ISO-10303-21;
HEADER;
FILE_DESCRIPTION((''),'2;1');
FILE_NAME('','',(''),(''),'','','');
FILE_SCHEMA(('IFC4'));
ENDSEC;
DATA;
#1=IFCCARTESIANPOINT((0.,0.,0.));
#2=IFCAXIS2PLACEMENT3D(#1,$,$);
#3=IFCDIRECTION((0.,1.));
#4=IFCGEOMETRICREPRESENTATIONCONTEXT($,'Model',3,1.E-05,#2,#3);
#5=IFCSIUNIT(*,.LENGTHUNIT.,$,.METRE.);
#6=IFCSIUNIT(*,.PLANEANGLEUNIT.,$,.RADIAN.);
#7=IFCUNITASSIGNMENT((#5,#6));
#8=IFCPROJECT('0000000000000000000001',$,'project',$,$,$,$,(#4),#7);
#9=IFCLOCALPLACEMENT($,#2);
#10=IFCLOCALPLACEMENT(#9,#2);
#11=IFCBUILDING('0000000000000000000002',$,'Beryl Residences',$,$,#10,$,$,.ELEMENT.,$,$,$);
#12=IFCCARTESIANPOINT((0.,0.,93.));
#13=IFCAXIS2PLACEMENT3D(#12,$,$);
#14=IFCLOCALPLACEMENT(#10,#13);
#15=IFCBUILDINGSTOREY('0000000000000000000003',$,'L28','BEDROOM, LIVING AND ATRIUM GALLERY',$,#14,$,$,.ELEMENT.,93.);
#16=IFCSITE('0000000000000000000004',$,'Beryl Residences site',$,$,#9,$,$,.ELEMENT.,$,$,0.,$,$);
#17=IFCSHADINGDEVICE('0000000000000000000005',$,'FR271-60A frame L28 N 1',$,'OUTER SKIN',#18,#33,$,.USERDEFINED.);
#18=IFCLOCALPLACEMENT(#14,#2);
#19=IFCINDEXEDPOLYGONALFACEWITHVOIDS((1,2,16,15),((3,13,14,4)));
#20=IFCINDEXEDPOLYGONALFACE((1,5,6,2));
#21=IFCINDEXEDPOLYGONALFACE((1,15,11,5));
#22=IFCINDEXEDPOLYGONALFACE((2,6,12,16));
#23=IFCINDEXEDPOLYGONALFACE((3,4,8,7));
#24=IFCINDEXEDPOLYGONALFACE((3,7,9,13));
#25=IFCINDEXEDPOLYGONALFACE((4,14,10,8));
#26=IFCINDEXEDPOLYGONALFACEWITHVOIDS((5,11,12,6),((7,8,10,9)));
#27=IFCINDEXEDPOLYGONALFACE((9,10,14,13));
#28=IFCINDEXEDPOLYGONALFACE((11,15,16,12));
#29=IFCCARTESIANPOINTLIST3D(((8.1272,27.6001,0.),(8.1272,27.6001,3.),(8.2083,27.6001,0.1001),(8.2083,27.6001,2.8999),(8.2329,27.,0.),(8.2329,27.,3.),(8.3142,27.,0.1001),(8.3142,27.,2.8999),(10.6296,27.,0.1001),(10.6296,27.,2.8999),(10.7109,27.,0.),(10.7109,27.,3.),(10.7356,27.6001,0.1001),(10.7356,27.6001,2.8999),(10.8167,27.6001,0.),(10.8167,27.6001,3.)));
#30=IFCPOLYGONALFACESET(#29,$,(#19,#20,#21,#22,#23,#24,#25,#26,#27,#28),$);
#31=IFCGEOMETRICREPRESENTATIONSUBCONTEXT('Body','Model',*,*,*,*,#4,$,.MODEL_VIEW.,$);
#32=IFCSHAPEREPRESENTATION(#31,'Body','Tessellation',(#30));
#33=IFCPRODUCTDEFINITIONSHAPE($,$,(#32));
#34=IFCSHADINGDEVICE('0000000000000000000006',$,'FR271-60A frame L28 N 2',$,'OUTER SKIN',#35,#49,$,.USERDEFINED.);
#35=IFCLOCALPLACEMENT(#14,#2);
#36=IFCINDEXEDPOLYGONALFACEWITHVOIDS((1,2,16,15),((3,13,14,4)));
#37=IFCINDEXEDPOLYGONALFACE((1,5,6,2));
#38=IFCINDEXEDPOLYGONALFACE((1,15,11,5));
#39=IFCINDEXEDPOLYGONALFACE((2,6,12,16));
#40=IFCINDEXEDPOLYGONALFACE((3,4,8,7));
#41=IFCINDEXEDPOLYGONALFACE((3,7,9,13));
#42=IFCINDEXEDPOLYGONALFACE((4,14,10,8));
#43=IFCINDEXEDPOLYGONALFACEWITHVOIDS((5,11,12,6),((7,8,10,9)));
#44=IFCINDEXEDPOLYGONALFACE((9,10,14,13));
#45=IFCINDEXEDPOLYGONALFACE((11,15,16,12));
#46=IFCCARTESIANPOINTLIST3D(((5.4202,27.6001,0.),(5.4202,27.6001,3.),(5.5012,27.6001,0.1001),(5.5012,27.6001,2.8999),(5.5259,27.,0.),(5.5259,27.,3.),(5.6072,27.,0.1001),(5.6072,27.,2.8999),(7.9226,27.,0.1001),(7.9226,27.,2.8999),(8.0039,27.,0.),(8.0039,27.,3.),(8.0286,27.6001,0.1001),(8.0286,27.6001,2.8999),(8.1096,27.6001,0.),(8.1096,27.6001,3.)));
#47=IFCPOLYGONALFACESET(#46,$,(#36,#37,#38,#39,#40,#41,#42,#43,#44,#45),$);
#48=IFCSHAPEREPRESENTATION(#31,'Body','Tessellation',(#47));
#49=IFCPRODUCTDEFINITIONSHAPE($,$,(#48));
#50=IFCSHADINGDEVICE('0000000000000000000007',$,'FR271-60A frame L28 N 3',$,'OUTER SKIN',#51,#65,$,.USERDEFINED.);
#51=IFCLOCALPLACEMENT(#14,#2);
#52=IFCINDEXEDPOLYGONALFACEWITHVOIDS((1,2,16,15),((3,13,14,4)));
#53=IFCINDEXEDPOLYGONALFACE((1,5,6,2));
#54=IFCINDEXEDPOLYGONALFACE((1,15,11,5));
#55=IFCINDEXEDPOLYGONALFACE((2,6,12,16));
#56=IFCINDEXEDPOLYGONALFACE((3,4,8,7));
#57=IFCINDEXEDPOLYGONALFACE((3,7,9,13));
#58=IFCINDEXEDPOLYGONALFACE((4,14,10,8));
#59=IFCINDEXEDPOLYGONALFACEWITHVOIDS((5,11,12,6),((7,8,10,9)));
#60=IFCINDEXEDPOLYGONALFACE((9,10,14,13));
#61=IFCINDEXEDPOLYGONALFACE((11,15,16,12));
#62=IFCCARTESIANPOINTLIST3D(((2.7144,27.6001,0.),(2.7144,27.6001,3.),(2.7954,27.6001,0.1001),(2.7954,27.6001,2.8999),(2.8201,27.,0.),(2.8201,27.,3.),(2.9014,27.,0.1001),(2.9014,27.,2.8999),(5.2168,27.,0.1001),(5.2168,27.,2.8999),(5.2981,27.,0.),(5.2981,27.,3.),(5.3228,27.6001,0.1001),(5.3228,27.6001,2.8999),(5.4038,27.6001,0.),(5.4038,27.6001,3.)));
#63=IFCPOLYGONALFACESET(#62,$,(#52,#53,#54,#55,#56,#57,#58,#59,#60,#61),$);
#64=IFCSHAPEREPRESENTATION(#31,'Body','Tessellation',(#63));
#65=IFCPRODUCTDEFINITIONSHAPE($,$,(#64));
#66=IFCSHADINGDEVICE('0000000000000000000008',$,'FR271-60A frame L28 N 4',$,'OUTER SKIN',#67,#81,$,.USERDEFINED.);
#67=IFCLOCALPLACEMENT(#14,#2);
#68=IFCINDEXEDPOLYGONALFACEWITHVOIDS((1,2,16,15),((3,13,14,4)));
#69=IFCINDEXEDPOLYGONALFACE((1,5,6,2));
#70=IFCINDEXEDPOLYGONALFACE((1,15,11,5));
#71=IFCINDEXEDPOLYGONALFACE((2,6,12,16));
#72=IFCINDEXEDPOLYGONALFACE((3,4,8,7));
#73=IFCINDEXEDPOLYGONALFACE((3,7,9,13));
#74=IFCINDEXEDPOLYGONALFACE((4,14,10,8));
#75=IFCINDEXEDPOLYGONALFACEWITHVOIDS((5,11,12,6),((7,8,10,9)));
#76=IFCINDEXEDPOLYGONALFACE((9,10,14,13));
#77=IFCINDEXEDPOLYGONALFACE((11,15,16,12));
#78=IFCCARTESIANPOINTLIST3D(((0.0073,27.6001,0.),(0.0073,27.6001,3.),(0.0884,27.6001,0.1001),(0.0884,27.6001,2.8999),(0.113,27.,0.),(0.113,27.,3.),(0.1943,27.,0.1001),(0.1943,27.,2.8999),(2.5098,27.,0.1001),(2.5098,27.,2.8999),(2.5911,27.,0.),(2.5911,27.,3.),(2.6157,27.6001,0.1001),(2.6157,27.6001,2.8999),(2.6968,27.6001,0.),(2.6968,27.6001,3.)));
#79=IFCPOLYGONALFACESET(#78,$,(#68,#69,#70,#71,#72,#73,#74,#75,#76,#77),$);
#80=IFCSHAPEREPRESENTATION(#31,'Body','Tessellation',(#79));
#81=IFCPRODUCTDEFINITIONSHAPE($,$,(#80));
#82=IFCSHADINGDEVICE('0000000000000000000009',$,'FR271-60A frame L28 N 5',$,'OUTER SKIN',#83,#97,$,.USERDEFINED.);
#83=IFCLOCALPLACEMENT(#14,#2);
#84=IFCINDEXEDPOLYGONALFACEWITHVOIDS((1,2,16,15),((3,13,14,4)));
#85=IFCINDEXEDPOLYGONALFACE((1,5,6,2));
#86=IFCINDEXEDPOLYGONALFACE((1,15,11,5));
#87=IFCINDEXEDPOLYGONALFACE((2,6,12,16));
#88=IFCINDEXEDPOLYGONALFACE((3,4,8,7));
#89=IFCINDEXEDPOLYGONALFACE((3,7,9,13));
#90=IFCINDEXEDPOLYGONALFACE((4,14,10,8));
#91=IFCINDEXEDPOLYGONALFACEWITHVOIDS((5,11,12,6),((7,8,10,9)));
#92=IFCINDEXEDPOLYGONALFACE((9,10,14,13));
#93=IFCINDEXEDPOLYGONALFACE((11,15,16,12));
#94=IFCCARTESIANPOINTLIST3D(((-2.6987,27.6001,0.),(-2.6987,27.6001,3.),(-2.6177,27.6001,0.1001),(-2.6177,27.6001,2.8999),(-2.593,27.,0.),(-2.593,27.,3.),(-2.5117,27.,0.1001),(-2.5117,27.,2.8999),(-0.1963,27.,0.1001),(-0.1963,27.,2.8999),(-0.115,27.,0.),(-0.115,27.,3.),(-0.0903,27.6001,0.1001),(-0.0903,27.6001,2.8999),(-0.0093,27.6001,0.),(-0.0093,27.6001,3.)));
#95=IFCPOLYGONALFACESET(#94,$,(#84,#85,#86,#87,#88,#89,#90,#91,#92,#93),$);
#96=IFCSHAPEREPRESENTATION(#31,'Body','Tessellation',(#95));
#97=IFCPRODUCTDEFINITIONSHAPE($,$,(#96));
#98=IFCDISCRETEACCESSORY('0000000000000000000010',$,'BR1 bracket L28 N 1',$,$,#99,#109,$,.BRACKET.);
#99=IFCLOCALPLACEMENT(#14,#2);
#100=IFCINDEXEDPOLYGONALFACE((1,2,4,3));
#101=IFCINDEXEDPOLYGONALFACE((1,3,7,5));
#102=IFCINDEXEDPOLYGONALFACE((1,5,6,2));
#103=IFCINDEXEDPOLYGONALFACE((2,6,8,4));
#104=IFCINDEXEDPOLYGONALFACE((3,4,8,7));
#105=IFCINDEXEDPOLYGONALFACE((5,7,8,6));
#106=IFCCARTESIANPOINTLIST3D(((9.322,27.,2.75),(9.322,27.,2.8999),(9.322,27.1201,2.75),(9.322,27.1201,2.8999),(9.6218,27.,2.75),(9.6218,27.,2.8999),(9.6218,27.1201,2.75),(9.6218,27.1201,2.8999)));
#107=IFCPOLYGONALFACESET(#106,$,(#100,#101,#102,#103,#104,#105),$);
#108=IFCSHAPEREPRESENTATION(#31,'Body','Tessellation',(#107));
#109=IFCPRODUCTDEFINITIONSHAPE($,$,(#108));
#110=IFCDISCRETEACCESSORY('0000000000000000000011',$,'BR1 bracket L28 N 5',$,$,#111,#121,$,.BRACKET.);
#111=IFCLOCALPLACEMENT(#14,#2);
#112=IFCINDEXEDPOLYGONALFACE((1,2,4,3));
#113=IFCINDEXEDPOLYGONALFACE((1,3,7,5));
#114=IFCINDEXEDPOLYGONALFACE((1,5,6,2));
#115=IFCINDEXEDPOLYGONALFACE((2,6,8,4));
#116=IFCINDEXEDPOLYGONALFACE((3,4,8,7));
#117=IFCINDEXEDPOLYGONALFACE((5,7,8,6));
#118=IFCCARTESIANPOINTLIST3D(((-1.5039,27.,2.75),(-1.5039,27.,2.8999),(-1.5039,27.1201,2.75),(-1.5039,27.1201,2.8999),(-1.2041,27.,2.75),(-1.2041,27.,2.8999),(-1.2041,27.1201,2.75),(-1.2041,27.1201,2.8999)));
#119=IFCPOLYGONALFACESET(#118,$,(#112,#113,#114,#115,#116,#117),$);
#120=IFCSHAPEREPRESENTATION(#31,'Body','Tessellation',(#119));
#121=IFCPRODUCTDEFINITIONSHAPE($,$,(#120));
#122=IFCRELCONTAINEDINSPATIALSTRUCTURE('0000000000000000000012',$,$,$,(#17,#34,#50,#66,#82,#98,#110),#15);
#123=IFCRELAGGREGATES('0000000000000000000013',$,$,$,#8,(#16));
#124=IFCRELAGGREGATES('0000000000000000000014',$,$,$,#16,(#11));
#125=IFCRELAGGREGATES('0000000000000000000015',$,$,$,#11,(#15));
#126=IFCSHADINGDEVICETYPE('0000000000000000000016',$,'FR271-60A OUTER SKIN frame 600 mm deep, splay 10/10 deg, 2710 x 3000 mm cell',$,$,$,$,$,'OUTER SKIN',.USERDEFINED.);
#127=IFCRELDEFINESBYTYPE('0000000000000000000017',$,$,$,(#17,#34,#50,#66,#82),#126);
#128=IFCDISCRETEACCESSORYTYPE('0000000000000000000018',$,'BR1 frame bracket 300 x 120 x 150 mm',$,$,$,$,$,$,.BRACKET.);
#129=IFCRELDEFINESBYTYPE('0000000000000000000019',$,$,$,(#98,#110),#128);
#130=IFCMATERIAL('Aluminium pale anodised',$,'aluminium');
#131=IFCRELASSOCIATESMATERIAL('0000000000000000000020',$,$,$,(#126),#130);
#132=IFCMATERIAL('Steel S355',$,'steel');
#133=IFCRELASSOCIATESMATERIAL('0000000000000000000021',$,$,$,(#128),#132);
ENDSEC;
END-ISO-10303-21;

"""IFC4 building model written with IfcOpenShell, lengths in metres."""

from ifc_helpers import new_model, entity, si_unit, direction, frame, origin, place, context, subcontext, project, spatial, polyline, outline, extrude, source, transform, mapped, material, type_object, type_shapes, element, save


model = new_model("IFC4")

# Units and contexts
model_context = context("Model", 3, precision=1e-05, world=origin(), true_north=direction((0.0, 1.0)))
body_context = subcontext(model_context, "Body", "Model", "MODEL_VIEW")
ifc_project = project(units=[si_unit("LENGTHUNIT", "METRE"), si_unit("PLANEANGLEUNIT", "RADIAN")], contexts=[model_context])

# Site, building, storey
site_placement = place(None, origin())
site = spatial("IfcSite", under=ifc_project, at=site_placement, Name="Beryl Residences site", CompositionType="ELEMENT", RefElevation=0.0)
building_placement = place(site_placement, origin())
building = spatial("IfcBuilding", under=site, at=building_placement, Name="Beryl Residences", CompositionType="ELEMENT")
storey_placement = place(building_placement, frame((0.0, 0.0, 93.0)))
storey = spatial("IfcBuildingStorey", under=building, at=storey_placement, Name="L28", Description="BEDROOM, LIVING AND ATRIUM GALLERY", CompositionType="ELEMENT", Elevation=93.0)

# Shading devices
ifc_material_1 = material(Name="Aluminium pale anodised", Category="aluminium")
shading_device_type = type_object("IfcShadingDeviceType", Name="FR271-60A OUTER SKIN frame 600 mm deep, splay 10/10 deg, 2710 x 3000 mm cell", ElementType="OUTER SKIN", PredefinedType="USERDEFINED", material=ifc_material_1)
cartesian_point_1 = entity("IfcCartesianPoint", [-1.239, 0.0])
cartesian_point_2 = entity("IfcCartesianPoint", [-1.1577, 0.1001])
cartesian_point_3 = entity("IfcCartesianPoint", [-1.3447, 0.0])
cartesian_point_4 = entity("IfcCartesianPoint", [-1.2637, 0.1001])
shared_shape_1 = source(origin(), body_context, "Body", "SweptSolid", [
    entity("IfcExtrudedAreaSolidTapered", entity("IfcArbitraryProfileDefWithVoids", "AREA", None, entity("IfcPolyline", [cartesian_point_1, entity("IfcCartesianPoint", [1.239, 0.0]), entity("IfcCartesianPoint", [1.239, 3.0]), entity("IfcCartesianPoint", [-1.239, 3.0]), cartesian_point_1]), [entity("IfcPolyline", [cartesian_point_2, entity("IfcCartesianPoint", [1.1577, 0.1001]), entity("IfcCartesianPoint", [1.1577, 2.8999]), entity("IfcCartesianPoint", [-1.1577, 2.8999]), cartesian_point_2])]), entity("IfcAxis2Placement3D", entity("IfcCartesianPoint", [0.0, 0.0, 0.0]), entity("IfcDirection", [0.0, 1.0, 0.0]), entity("IfcDirection", [-1.0, 0.0, 0.0])), entity("IfcDirection", [0.0, 0.0, 1.0]), 0.6001, entity("IfcArbitraryProfileDefWithVoids", "AREA", None, entity("IfcPolyline", [cartesian_point_3, entity("IfcCartesianPoint", [1.3447, 0.0]), entity("IfcCartesianPoint", [1.3447, 3.0]), entity("IfcCartesianPoint", [-1.3447, 3.0]), cartesian_point_3]), [entity("IfcPolyline", [cartesian_point_4, entity("IfcCartesianPoint", [1.2637, 0.1001]), entity("IfcCartesianPoint", [1.2637, 2.8999]), entity("IfcCartesianPoint", [-1.2637, 2.8999]), cartesian_point_4])])),
])
type_shapes(shading_device_type, [shared_shape_1])
for number, where, z_axis, x_axis, name in (
    (1, (9.4719, 27.0, 0.0), (0.0, 0.0, 1.0), (1.0, 0.0, 0.0), "FR271-60A frame L28 N 1"),
    (2, (6.7649, 27.0, 0.0), (0.0, 0.0, 1.0), (1.0, 0.0, 0.0), "FR271-60A frame L28 N 2"),
    (3, (4.0591, 27.0, 0.0), (0.0, 0.0, 1.0), (1.0, 0.0, 0.0), "FR271-60A frame L28 N 3"),
    (4, (1.3521, 27.0, 0.0), (0.0, 0.0, 1.0), (1.0, 0.0, 0.0), "FR271-60A frame L28 N 4"),
    (5, (-1.354, 27.0, 0.0), (0.0, 0.0, 1.0), (1.0, 0.0, 0.0), "FR271-60A frame L28 N 5"),
):
    element("IfcShadingDevice", number, at=place(storey_placement, frame(where, z_axis=z_axis, x_axis=x_axis)), inside=storey, type_object=shading_device_type, Name=name, ObjectType="OUTER SKIN", PredefinedType="USERDEFINED", context=body_context, shape_type="MappedRepresentation", body=[
        mapped(shared_shape_1, transform((0.0, 0.0, 0.0))),
    ])

# Discrete accessories
ifc_material_2 = material(Name="Steel S355", Category="steel")
discrete_accessory_type = type_object("IfcDiscreteAccessoryType", Name="BR1 frame bracket 300 x 120 x 150 mm", PredefinedType="BRACKET", material=ifc_material_2)
shared_shape_2 = source(origin(), body_context, "Body", "SweptSolid", [
    extrude(outline(polyline([(-0.1499, 0.0), (0.1499, 0.0), (0.1499, 0.1201), (-0.1499, 0.1201), (-0.1499, 0.0)])), origin(), (0.0, 0.0, 1.0), 0.1499),
])
type_shapes(discrete_accessory_type, [shared_shape_2])
for number, where, z_axis, x_axis, name in (
    (6, (9.4719, 27.0, 2.75), (0.0, 0.0, 1.0), (1.0, 0.0, 0.0), "BR1 bracket L28 N 1"),
    (7, (-1.354, 27.0, 2.75), (0.0, 0.0, 1.0), (1.0, 0.0, 0.0), "BR1 bracket L28 N 5"),
):
    element("IfcDiscreteAccessory", number, at=place(storey_placement, frame(where, z_axis=z_axis, x_axis=x_axis)), inside=storey, type_object=discrete_accessory_type, Name=name, PredefinedType="BRACKET", context=body_context, shape_type="MappedRepresentation", body=[
        mapped(shared_shape_2, transform((0.0, 0.0, 0.0))),
    ])

save(model, "model.ifc")
